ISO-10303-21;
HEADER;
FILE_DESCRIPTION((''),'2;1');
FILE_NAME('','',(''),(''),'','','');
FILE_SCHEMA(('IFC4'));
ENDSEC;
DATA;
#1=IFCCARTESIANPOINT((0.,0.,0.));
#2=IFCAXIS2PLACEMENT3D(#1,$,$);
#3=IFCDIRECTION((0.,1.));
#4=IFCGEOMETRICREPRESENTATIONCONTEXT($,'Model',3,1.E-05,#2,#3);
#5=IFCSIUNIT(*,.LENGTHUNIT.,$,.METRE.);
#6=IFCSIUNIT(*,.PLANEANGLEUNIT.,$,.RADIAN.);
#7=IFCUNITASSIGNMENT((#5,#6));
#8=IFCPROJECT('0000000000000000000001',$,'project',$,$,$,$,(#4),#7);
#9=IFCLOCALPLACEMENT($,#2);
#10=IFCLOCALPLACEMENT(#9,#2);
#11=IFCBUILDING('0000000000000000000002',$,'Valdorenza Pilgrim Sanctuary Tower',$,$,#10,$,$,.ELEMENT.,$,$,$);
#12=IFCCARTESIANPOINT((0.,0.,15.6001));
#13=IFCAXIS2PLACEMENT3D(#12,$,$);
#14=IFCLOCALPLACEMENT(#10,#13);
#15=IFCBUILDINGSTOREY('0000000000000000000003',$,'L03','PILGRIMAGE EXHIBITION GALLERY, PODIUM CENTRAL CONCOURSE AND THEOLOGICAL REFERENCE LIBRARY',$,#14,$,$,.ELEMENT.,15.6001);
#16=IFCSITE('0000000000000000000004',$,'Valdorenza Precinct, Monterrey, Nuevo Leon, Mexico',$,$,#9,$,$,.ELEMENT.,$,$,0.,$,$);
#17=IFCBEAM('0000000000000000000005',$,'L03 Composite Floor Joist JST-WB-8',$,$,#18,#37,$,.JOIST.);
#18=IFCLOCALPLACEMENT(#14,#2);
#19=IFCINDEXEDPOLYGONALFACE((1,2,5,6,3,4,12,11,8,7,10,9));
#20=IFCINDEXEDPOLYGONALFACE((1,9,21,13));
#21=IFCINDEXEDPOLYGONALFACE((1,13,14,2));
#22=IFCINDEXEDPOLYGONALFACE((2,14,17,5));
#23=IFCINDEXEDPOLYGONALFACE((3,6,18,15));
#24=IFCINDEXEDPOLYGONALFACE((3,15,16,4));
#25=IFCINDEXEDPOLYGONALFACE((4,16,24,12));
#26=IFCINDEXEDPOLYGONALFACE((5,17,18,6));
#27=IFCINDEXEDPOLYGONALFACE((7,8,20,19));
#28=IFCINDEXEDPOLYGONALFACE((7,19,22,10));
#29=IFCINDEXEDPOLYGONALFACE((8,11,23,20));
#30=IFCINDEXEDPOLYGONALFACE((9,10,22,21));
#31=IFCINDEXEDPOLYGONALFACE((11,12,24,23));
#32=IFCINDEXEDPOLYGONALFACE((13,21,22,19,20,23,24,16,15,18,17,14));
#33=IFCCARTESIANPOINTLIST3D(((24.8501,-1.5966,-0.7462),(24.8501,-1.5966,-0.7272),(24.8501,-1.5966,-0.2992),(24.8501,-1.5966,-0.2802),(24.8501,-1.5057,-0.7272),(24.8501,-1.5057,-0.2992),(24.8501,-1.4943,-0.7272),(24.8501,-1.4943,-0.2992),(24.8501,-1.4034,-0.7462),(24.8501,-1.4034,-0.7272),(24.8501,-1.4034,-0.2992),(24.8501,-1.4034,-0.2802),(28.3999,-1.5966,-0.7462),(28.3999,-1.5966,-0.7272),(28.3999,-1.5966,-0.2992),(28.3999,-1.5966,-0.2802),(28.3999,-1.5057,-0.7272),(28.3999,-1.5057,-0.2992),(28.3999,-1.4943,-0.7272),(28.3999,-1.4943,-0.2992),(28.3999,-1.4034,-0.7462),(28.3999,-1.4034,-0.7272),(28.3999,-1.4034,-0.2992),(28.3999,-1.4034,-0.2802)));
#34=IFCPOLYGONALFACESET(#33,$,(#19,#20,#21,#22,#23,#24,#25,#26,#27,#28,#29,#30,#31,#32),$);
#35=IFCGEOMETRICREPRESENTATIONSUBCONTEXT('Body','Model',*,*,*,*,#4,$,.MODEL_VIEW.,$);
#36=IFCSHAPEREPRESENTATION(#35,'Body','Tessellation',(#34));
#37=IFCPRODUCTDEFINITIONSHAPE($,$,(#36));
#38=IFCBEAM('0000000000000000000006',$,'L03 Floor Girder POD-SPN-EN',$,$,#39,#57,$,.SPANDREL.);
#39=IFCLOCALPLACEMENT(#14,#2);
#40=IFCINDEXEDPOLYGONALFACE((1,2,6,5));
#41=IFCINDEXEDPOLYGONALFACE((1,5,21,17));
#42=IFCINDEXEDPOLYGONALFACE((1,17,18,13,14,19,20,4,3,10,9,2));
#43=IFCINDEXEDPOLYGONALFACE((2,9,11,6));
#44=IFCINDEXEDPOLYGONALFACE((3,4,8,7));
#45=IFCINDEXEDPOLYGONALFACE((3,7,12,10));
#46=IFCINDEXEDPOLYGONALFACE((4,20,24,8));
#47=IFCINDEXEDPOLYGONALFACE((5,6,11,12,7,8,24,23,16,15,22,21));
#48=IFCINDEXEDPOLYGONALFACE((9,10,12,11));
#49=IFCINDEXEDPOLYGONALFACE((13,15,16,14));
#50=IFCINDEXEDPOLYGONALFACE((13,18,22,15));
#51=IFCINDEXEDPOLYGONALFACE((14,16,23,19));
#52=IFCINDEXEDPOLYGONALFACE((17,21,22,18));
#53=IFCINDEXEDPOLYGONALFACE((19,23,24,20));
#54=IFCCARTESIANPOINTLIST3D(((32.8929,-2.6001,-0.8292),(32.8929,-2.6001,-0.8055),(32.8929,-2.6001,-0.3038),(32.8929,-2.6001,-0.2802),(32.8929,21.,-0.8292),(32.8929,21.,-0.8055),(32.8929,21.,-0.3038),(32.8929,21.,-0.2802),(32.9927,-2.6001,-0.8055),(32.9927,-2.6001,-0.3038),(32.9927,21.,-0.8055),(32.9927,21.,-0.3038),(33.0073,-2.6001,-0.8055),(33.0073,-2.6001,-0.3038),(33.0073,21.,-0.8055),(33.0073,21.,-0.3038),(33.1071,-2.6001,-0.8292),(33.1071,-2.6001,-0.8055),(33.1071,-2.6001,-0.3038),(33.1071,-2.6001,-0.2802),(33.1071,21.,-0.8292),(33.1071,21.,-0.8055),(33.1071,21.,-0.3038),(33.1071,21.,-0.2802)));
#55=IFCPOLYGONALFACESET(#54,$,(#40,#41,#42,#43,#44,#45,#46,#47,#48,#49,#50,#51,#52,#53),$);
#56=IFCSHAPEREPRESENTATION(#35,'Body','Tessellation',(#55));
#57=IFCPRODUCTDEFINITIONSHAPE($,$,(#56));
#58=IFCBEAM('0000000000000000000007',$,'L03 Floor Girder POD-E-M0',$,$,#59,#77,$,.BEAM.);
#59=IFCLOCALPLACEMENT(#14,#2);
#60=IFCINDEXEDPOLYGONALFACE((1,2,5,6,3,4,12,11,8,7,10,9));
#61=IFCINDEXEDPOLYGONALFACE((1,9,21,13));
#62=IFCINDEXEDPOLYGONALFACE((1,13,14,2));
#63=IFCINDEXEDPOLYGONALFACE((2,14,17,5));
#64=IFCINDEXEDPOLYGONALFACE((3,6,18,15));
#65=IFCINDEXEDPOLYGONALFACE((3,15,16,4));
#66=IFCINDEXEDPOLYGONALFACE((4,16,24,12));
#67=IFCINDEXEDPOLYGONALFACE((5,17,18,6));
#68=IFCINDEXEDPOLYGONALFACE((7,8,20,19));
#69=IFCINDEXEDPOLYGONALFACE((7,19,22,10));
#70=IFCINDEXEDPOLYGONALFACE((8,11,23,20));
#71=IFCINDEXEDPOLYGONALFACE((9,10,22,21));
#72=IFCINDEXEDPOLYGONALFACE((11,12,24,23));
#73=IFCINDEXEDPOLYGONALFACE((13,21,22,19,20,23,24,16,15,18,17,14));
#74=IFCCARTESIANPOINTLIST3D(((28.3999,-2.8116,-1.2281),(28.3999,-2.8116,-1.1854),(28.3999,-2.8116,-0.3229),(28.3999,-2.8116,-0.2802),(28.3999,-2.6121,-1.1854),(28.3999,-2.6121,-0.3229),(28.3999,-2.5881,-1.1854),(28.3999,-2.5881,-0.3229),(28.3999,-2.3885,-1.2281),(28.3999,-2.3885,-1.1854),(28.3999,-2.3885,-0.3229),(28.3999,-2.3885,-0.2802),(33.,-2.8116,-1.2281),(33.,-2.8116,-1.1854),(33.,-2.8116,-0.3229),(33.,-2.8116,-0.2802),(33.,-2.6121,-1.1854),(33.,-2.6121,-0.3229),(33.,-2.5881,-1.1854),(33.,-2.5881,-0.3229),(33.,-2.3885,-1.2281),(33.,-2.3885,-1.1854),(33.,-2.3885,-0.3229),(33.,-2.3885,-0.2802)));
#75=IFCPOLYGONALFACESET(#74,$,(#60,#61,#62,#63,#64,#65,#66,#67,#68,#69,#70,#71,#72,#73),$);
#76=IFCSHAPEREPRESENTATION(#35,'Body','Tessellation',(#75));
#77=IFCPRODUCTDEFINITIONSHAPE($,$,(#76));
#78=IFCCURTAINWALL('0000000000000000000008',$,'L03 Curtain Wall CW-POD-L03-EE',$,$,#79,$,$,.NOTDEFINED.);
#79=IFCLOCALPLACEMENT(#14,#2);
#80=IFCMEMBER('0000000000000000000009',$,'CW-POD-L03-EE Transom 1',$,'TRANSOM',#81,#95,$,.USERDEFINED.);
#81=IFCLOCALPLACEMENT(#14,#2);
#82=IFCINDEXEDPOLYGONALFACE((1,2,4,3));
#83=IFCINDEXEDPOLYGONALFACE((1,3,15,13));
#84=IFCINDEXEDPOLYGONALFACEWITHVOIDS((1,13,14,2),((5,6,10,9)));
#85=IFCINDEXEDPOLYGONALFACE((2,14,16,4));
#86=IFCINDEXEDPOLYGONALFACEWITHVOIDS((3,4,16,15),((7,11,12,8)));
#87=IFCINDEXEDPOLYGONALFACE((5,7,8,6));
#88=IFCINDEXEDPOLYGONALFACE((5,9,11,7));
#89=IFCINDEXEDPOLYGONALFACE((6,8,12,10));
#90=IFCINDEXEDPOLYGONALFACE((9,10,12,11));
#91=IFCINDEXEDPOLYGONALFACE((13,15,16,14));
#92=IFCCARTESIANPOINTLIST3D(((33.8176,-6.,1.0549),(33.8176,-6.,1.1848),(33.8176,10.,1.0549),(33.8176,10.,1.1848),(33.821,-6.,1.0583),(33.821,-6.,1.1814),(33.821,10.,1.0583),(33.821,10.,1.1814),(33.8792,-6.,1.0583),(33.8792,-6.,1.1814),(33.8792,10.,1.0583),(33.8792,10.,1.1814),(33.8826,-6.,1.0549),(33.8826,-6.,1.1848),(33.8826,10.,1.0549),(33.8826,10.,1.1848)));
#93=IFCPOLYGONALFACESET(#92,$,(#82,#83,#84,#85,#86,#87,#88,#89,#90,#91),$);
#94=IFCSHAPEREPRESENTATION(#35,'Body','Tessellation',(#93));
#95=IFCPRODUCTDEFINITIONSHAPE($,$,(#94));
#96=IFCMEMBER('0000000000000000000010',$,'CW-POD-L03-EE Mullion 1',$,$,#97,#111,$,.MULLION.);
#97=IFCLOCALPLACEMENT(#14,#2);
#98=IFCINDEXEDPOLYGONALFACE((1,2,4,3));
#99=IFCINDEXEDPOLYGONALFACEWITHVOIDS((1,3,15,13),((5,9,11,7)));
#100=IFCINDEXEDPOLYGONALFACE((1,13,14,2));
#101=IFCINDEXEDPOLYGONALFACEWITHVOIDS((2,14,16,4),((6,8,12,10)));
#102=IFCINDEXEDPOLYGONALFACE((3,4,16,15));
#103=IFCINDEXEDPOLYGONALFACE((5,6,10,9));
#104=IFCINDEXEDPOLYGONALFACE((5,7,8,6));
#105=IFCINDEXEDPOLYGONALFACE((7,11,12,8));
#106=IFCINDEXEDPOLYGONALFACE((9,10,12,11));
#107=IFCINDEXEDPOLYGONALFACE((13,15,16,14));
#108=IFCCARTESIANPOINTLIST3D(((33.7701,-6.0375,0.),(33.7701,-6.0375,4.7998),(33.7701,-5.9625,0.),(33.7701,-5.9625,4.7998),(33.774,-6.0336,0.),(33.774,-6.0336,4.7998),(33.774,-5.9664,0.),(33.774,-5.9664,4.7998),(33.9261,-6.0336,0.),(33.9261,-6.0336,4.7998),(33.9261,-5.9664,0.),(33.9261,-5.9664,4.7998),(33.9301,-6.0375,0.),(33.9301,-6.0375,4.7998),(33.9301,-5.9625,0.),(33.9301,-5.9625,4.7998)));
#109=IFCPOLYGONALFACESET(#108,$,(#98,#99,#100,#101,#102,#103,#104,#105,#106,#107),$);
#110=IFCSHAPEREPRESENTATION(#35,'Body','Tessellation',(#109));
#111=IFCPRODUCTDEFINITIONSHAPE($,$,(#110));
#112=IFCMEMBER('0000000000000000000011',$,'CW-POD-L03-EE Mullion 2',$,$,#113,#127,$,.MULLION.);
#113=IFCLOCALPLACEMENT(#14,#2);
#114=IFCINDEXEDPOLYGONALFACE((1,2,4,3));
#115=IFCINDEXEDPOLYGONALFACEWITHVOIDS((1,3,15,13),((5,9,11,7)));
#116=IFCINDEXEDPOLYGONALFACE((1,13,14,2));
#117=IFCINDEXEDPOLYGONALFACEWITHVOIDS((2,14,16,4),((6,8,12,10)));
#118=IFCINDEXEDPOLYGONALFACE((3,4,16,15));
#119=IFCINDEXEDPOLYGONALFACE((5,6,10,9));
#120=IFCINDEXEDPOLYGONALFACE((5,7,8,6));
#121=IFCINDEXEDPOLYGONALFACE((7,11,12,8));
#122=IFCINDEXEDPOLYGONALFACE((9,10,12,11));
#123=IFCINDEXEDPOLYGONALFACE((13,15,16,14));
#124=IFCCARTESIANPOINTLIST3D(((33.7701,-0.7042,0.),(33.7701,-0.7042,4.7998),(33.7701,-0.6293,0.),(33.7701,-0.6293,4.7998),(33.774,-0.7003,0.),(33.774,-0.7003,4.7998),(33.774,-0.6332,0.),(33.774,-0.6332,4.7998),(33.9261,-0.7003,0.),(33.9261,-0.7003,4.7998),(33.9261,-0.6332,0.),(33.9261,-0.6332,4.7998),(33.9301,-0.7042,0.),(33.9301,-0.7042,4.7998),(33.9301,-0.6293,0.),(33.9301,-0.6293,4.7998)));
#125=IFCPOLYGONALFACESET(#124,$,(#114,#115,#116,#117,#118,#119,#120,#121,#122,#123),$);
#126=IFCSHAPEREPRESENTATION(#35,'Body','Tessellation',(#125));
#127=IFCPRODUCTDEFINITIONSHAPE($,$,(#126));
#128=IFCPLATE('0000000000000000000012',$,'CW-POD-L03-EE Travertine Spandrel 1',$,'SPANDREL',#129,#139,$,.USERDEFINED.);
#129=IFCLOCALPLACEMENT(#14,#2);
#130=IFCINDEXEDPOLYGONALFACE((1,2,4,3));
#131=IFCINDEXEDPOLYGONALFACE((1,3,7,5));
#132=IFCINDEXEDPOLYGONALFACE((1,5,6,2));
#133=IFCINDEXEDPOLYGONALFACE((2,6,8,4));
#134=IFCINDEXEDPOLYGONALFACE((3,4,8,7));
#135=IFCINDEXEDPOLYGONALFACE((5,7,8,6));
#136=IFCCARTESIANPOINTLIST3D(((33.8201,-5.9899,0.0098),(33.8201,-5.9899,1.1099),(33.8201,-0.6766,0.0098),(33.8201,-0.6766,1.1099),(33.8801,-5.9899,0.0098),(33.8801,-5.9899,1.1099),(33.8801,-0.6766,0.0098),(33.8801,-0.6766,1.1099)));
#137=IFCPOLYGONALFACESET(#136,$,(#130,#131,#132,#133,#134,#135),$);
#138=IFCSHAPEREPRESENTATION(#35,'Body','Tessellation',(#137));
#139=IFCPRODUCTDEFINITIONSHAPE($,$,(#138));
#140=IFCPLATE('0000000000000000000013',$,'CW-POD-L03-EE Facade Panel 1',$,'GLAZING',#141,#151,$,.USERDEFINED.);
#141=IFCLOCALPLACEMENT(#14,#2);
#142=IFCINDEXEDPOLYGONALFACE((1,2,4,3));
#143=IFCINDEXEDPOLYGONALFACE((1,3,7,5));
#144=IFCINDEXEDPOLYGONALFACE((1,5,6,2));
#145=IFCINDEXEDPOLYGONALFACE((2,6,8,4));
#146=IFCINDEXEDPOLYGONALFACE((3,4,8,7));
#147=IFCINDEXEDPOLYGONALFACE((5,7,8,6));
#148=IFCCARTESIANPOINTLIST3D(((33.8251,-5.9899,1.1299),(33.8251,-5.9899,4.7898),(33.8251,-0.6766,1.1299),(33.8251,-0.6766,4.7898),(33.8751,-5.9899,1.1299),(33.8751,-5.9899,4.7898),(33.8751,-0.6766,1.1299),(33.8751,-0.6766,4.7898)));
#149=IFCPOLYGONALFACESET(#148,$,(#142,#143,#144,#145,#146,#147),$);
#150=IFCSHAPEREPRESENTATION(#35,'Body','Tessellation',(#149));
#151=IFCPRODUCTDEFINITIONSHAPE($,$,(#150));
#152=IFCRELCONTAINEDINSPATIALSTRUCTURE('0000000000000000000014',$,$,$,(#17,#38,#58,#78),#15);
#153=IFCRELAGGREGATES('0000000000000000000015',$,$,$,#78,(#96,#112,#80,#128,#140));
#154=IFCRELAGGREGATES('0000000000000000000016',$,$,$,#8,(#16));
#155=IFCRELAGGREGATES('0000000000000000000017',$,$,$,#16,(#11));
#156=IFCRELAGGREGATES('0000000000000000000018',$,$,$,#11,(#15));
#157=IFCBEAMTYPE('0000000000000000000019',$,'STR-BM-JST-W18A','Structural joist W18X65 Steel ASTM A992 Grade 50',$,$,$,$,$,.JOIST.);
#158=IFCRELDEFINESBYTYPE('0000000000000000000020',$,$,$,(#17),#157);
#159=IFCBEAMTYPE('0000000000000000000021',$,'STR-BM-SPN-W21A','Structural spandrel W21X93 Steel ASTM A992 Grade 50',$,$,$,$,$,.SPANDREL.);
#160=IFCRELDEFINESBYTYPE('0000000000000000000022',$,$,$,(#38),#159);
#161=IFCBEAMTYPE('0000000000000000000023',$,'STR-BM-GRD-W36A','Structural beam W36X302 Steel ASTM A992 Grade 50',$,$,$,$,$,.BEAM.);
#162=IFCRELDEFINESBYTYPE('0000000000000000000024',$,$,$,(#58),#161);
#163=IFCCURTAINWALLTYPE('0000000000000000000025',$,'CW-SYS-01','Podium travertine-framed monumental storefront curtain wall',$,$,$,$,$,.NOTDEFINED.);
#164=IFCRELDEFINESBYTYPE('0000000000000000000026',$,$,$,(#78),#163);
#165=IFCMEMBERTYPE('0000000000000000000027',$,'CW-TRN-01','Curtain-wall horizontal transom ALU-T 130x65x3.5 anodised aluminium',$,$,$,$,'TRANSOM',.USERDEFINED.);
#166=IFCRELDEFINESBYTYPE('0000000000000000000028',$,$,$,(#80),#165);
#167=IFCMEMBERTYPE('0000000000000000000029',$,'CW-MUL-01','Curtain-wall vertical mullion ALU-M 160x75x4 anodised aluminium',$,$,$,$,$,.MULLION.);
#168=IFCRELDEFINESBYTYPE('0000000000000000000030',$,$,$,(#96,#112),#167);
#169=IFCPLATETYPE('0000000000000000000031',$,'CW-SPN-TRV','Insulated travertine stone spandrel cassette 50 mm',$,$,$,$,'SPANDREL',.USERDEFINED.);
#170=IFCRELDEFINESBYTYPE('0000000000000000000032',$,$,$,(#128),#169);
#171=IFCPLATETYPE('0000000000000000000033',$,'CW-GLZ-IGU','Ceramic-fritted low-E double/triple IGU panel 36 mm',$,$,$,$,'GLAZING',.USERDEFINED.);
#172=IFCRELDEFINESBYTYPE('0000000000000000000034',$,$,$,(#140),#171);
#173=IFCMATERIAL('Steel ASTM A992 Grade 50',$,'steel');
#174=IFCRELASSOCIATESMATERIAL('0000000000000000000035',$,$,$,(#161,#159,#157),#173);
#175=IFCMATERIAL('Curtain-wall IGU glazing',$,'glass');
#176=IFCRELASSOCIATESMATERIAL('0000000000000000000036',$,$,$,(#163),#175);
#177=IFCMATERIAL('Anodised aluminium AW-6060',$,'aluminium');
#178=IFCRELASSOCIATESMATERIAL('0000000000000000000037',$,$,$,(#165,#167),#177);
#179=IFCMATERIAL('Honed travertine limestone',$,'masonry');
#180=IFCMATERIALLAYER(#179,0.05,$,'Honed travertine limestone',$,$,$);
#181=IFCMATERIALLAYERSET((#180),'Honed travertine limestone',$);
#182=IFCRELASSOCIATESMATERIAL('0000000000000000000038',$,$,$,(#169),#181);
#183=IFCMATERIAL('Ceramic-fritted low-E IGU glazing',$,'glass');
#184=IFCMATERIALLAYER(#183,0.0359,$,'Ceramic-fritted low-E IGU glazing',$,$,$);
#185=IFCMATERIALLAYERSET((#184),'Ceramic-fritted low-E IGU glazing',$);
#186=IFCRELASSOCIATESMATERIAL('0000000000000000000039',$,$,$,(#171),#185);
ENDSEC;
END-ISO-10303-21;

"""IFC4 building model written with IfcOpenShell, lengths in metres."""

from ifc_helpers import new_model, si_unit, direction, frame, origin, origin_2d, place, context, subcontext, project, spatial, rectangle, hollow_rectangle, i_section, extrude, source, transform, mapped, material, layer, layer_set, material_profile, profile_set, type_object, element, aggregate, save


model = new_model("IFC4")

# Units and contexts
model_context = context("Model", 3, precision=1e-05, world=origin(), true_north=direction((0.0, 1.0)))
body_context = subcontext(model_context, "Body", "Model", "MODEL_VIEW")
ifc_project = project(units=[si_unit("LENGTHUNIT", "METRE"), si_unit("PLANEANGLEUNIT", "RADIAN")], contexts=[model_context])

# Site, building, storey
site_placement = place(None, origin())
site = spatial("IfcSite", under=ifc_project, at=site_placement, Name="Valdorenza Precinct, Monterrey, Nuevo Leon, Mexico", CompositionType="ELEMENT", RefElevation=0.0)
building_placement = place(site_placement, origin())
building = spatial("IfcBuilding", under=site, at=building_placement, Name="Valdorenza Pilgrim Sanctuary Tower", CompositionType="ELEMENT")
storey_placement = place(building_placement, frame((0.0, 0.0, 15.6001)))
storey = spatial("IfcBuildingStorey", under=building, at=storey_placement, Name="L03", Description="PILGRIMAGE EXHIBITION GALLERY, PODIUM CENTRAL CONCOURSE AND THEOLOGICAL REFERENCE LIBRARY", CompositionType="ELEMENT", Elevation=15.6001)

# Beams
ifc_material_1 = material(Name="Steel ASTM A992 Grade 50", Category="steel")
ifc_material_profile_1 = material_profile(ifc_material_1, i_section(OverallWidth=0.4231, OverallDepth=0.948, WebThickness=0.0239, FlangeThickness=0.0427, at=origin_2d()), Name="W36X302")
ifc_profile_set_1 = profile_set([ifc_material_profile_1], Name="Steel ASTM A992 Grade 50")
beam_type_1 = type_object("IfcBeamType", Name="STR-BM-GRD-W36A", Description="Structural beam W36X302 Steel ASTM A992 Grade 50", PredefinedType="BEAM", material=ifc_profile_set_1)
ifc_material_profile_2 = material_profile(ifc_material_1, i_section(OverallWidth=0.2141, OverallDepth=0.5491, WebThickness=0.0146, FlangeThickness=0.0237, at=origin_2d()), Name="W21X93")
ifc_profile_set_2 = profile_set([ifc_material_profile_2], Name="Steel ASTM A992 Grade 50")
beam_type_2 = type_object("IfcBeamType", Name="STR-BM-SPN-W21A", Description="Structural spandrel W21X93 Steel ASTM A992 Grade 50", PredefinedType="SPANDREL", material=ifc_profile_set_2)
ifc_material_profile_3 = material_profile(ifc_material_1, i_section(OverallWidth=0.1931, OverallDepth=0.4661, WebThickness=0.0115, FlangeThickness=0.019, at=origin_2d()), Name="W18X65")
ifc_profile_set_3 = profile_set([ifc_material_profile_3], Name="Steel ASTM A992 Grade 50")
beam_type_3 = type_object("IfcBeamType", Name="STR-BM-JST-W18A", Description="Structural joist W18X65 Steel ASTM A992 Grade 50", PredefinedType="JOIST", material=ifc_profile_set_3)
shared_shape_1 = source(origin(), body_context, "Body", "SweptSolid", [
    extrude(i_section(OverallWidth=0.1931, OverallDepth=0.4661, WebThickness=0.0115, FlangeThickness=0.019, at=origin_2d()), origin(), (0.0, 0.0, 1.0), 3.5498),
])
for number, where, z_axis, x_axis, name in (
    (1, (24.8501, -1.5, -0.5132), (1.0, 0.0, 0.0), (0.0, 1.0, 0.0), "L03 Composite Floor Joist JST-WB-8"),
):
    element("IfcBeam", number, at=place(storey_placement, frame(where, z_axis=z_axis, x_axis=x_axis)), inside=storey, type_object=beam_type_3, Name=name, PredefinedType="JOIST", context=body_context, shape_type="MappedRepresentation", body=[
        mapped(shared_shape_1, transform((0.0, 0.0, 0.0), x_axis=(1.0, 0.0, 0.0), y_axis=(0.0, 1.0, 0.0), z_axis=(0.0, 0.0, 1.0), scale=1.0)),
    ])
shared_shape_2 = source(origin(), body_context, "Body", "SweptSolid", [
    extrude(i_section(OverallWidth=0.2141, OverallDepth=0.5491, WebThickness=0.0146, FlangeThickness=0.0237, at=origin_2d()), origin(), (0.0, 0.0, 1.0), 23.6001),
])
beam_1_placement = place(storey_placement, frame((33.0, -2.6001, -0.5547), z_axis=(0.0, 1.0, 0.0), x_axis=(-1.0, 0.0, 0.0)))
element("IfcBeam", 2, at=beam_1_placement, inside=storey, type_object=beam_type_2, Name="L03 Floor Girder POD-SPN-EN", PredefinedType="SPANDREL", context=body_context, shape_type="MappedRepresentation", body=[
    mapped(shared_shape_2, transform((0.0, 0.0, 0.0), x_axis=(1.0, 0.0, 0.0), y_axis=(0.0, 1.0, 0.0), z_axis=(0.0, 0.0, 1.0), scale=1.0)),
])
shared_shape_3 = source(origin(), body_context, "Body", "SweptSolid", [
    extrude(i_section(OverallWidth=0.4231, OverallDepth=0.948, WebThickness=0.0239, FlangeThickness=0.0427, at=origin_2d()), origin(), (0.0, 0.0, 1.0), 4.6001),
])
beam_2_placement = place(storey_placement, frame((28.3999, -2.6001, -0.7542), z_axis=(1.0, 0.0, 0.0), x_axis=(0.0, 1.0, 0.0)))
element("IfcBeam", 3, at=beam_2_placement, inside=storey, type_object=beam_type_1, Name="L03 Floor Girder POD-E-M0", PredefinedType="BEAM", context=body_context, shape_type="MappedRepresentation", body=[
    mapped(shared_shape_3, transform((0.0, 0.0, 0.0), x_axis=(1.0, 0.0, 0.0), y_axis=(0.0, 1.0, 0.0), z_axis=(0.0, 0.0, 1.0), scale=1.0)),
])

# Curtain wall, members, plates
ifc_material_2 = material(Name="Curtain-wall IGU glazing", Category="glass")
curtain_wall_type = type_object("IfcCurtainWallType", Name="CW-SYS-01", Description="Podium travertine-framed monumental storefront curtain wall", PredefinedType="NOTDEFINED", material=ifc_material_2)
curtain_wall_placement = place(storey_placement, origin())
curtain_wall = element("IfcCurtainWall", 4, at=curtain_wall_placement, inside=storey, type_object=curtain_wall_type, Name="L03 Curtain Wall CW-POD-L03-EE", PredefinedType="NOTDEFINED")
ifc_material_3 = material(Name="Anodised aluminium AW-6060", Category="aluminium")
ifc_material_profile_4 = material_profile(ifc_material_3, hollow_rectangle(XDim=0.0649, YDim=0.1299, WallThickness=0.0034, at=origin_2d()), Name="ALU-T 130x65x3.5")
ifc_profile_set_4 = profile_set([ifc_material_profile_4], Name="Anodised aluminium AW-6060")
member_type_1 = type_object("IfcMemberType", Name="CW-TRN-01", Description="Curtain-wall horizontal transom ALU-T 130x65x3.5 anodised aluminium", ElementType="TRANSOM", PredefinedType="USERDEFINED", material=ifc_profile_set_4)
shared_shape_4 = source(origin(), body_context, "Body", "SweptSolid", [
    extrude(hollow_rectangle(XDim=0.0649, YDim=0.1299, WallThickness=0.0034, at=origin_2d()), origin(), (0.0, 0.0, 1.0), 16.0),
])
member_1_placement = place(storey_placement, frame((33.8501, -6.0, 1.1199), z_axis=(0.0, 1.0, 0.0), x_axis=(-1.0, 0.0, 0.0)))
member_1 = element("IfcMember", 5, at=member_1_placement, type_object=member_type_1, Name="CW-POD-L03-EE Transom 1", ObjectType="TRANSOM", PredefinedType="USERDEFINED", context=body_context, shape_type="MappedRepresentation", body=[
    mapped(shared_shape_4, transform((0.0, 0.0, 0.0), x_axis=(1.0, 0.0, 0.0), y_axis=(0.0, 1.0, 0.0), z_axis=(0.0, 0.0, 1.0), scale=1.0)),
])
ifc_material_profile_5 = material_profile(ifc_material_3, hollow_rectangle(XDim=0.075, YDim=0.1599, WallThickness=0.0039, at=origin_2d()), Name="ALU-M 160x75x4")
ifc_profile_set_5 = profile_set([ifc_material_profile_5], Name="Anodised aluminium AW-6060")
member_type_2 = type_object("IfcMemberType", Name="CW-MUL-01", Description="Curtain-wall vertical mullion ALU-M 160x75x4 anodised aluminium", PredefinedType="MULLION", material=ifc_profile_set_5)
shared_shape_5 = source(origin(), body_context, "Body", "SweptSolid", [
    extrude(hollow_rectangle(XDim=0.075, YDim=0.1599, WallThickness=0.0039, at=origin_2d()), origin(), (0.0, 0.0, 1.0), 4.7998),
])
member_2_placement = place(storey_placement, frame((33.8501, -6.0, 0.0), z_axis=(0.0, 0.0, 1.0), x_axis=(0.0, 1.0, 0.0)))
member_2 = element("IfcMember", 6, at=member_2_placement, type_object=member_type_2, Name="CW-POD-L03-EE Mullion 1", PredefinedType="MULLION", context=body_context, shape_type="MappedRepresentation", body=[
    mapped(shared_shape_5, transform((0.0, 0.0, 0.0), x_axis=(1.0, 0.0, 0.0), y_axis=(0.0, 1.0, 0.0), z_axis=(0.0, 0.0, 1.0), scale=1.0)),
])
member_3_placement = place(storey_placement, frame((33.8501, -0.6667, 0.0), z_axis=(0.0, 0.0, 1.0), x_axis=(0.0, 1.0, 0.0)))
member_3 = element("IfcMember", 7, at=member_3_placement, type_object=member_type_2, Name="CW-POD-L03-EE Mullion 2", PredefinedType="MULLION", context=body_context, shape_type="MappedRepresentation", body=[
    mapped(shared_shape_5, transform((0.0, 0.0, 0.0), x_axis=(1.0, 0.0, 0.0), y_axis=(0.0, 1.0, 0.0), z_axis=(0.0, 0.0, 1.0), scale=1.0)),
])
ifc_material_4 = material(Name="Honed travertine limestone", Category="masonry")
ifc_layer_1 = layer(ifc_material_4, 0.05, Name="Honed travertine limestone")
ifc_layer_set_1 = layer_set([ifc_layer_1], Name="Honed travertine limestone")
plate_type_1 = type_object("IfcPlateType", Name="CW-SPN-TRV", Description="Insulated travertine stone spandrel cassette 50 mm", ElementType="SPANDREL", PredefinedType="USERDEFINED", material=ifc_layer_set_1)
shared_shape_6 = source(origin(), body_context, "Body", "SweptSolid", [
    extrude(rectangle(XDim=5.3132, YDim=0.0601, at=origin_2d()), origin(), (0.0, 0.0, 1.0), 1.1001),
])
plate_1_placement = place(storey_placement, frame((33.8501, -3.3333, 0.0098), z_axis=(0.0, 0.0, 1.0), x_axis=(0.0, 1.0, 0.0)))
plate_1 = element("IfcPlate", 8, at=plate_1_placement, type_object=plate_type_1, Name="CW-POD-L03-EE Travertine Spandrel 1", ObjectType="SPANDREL", PredefinedType="USERDEFINED", context=body_context, shape_type="MappedRepresentation", body=[
    mapped(shared_shape_6, transform((0.0, 0.0, 0.0), x_axis=(1.0, 0.0, 0.0), y_axis=(0.0, 1.0, 0.0), z_axis=(0.0, 0.0, 1.0), scale=1.0)),
])
ifc_material_5 = material(Name="Ceramic-fritted low-E IGU glazing", Category="glass")
ifc_layer_2 = layer(ifc_material_5, 0.0359, Name="Ceramic-fritted low-E IGU glazing")
ifc_layer_set_2 = layer_set([ifc_layer_2], Name="Ceramic-fritted low-E IGU glazing")
plate_type_2 = type_object("IfcPlateType", Name="CW-GLZ-IGU", Description="Ceramic-fritted low-E double/triple IGU panel 36 mm", ElementType="GLAZING", PredefinedType="USERDEFINED", material=ifc_layer_set_2)
shared_shape_7 = source(origin(), body_context, "Body", "SweptSolid", [
    extrude(rectangle(XDim=5.3132, YDim=0.05, at=origin_2d()), origin(), (0.0, 0.0, 1.0), 3.6599),
])
plate_2_placement = place(storey_placement, frame((33.8501, -3.3333, 1.1299), z_axis=(0.0, 0.0, 1.0), x_axis=(0.0, 1.0, 0.0)))
plate_2 = element("IfcPlate", 9, at=plate_2_placement, type_object=plate_type_2, Name="CW-POD-L03-EE Facade Panel 1", ObjectType="GLAZING", PredefinedType="USERDEFINED", context=body_context, shape_type="MappedRepresentation", body=[
    mapped(shared_shape_7, transform((0.0, 0.0, 0.0), x_axis=(1.0, 0.0, 0.0), y_axis=(0.0, 1.0, 0.0), z_axis=(0.0, 0.0, 1.0), scale=1.0)),
])
aggregate(curtain_wall, [member_2, member_3, member_1, plate_1, plate_2])

save(model, "model.ifc")
